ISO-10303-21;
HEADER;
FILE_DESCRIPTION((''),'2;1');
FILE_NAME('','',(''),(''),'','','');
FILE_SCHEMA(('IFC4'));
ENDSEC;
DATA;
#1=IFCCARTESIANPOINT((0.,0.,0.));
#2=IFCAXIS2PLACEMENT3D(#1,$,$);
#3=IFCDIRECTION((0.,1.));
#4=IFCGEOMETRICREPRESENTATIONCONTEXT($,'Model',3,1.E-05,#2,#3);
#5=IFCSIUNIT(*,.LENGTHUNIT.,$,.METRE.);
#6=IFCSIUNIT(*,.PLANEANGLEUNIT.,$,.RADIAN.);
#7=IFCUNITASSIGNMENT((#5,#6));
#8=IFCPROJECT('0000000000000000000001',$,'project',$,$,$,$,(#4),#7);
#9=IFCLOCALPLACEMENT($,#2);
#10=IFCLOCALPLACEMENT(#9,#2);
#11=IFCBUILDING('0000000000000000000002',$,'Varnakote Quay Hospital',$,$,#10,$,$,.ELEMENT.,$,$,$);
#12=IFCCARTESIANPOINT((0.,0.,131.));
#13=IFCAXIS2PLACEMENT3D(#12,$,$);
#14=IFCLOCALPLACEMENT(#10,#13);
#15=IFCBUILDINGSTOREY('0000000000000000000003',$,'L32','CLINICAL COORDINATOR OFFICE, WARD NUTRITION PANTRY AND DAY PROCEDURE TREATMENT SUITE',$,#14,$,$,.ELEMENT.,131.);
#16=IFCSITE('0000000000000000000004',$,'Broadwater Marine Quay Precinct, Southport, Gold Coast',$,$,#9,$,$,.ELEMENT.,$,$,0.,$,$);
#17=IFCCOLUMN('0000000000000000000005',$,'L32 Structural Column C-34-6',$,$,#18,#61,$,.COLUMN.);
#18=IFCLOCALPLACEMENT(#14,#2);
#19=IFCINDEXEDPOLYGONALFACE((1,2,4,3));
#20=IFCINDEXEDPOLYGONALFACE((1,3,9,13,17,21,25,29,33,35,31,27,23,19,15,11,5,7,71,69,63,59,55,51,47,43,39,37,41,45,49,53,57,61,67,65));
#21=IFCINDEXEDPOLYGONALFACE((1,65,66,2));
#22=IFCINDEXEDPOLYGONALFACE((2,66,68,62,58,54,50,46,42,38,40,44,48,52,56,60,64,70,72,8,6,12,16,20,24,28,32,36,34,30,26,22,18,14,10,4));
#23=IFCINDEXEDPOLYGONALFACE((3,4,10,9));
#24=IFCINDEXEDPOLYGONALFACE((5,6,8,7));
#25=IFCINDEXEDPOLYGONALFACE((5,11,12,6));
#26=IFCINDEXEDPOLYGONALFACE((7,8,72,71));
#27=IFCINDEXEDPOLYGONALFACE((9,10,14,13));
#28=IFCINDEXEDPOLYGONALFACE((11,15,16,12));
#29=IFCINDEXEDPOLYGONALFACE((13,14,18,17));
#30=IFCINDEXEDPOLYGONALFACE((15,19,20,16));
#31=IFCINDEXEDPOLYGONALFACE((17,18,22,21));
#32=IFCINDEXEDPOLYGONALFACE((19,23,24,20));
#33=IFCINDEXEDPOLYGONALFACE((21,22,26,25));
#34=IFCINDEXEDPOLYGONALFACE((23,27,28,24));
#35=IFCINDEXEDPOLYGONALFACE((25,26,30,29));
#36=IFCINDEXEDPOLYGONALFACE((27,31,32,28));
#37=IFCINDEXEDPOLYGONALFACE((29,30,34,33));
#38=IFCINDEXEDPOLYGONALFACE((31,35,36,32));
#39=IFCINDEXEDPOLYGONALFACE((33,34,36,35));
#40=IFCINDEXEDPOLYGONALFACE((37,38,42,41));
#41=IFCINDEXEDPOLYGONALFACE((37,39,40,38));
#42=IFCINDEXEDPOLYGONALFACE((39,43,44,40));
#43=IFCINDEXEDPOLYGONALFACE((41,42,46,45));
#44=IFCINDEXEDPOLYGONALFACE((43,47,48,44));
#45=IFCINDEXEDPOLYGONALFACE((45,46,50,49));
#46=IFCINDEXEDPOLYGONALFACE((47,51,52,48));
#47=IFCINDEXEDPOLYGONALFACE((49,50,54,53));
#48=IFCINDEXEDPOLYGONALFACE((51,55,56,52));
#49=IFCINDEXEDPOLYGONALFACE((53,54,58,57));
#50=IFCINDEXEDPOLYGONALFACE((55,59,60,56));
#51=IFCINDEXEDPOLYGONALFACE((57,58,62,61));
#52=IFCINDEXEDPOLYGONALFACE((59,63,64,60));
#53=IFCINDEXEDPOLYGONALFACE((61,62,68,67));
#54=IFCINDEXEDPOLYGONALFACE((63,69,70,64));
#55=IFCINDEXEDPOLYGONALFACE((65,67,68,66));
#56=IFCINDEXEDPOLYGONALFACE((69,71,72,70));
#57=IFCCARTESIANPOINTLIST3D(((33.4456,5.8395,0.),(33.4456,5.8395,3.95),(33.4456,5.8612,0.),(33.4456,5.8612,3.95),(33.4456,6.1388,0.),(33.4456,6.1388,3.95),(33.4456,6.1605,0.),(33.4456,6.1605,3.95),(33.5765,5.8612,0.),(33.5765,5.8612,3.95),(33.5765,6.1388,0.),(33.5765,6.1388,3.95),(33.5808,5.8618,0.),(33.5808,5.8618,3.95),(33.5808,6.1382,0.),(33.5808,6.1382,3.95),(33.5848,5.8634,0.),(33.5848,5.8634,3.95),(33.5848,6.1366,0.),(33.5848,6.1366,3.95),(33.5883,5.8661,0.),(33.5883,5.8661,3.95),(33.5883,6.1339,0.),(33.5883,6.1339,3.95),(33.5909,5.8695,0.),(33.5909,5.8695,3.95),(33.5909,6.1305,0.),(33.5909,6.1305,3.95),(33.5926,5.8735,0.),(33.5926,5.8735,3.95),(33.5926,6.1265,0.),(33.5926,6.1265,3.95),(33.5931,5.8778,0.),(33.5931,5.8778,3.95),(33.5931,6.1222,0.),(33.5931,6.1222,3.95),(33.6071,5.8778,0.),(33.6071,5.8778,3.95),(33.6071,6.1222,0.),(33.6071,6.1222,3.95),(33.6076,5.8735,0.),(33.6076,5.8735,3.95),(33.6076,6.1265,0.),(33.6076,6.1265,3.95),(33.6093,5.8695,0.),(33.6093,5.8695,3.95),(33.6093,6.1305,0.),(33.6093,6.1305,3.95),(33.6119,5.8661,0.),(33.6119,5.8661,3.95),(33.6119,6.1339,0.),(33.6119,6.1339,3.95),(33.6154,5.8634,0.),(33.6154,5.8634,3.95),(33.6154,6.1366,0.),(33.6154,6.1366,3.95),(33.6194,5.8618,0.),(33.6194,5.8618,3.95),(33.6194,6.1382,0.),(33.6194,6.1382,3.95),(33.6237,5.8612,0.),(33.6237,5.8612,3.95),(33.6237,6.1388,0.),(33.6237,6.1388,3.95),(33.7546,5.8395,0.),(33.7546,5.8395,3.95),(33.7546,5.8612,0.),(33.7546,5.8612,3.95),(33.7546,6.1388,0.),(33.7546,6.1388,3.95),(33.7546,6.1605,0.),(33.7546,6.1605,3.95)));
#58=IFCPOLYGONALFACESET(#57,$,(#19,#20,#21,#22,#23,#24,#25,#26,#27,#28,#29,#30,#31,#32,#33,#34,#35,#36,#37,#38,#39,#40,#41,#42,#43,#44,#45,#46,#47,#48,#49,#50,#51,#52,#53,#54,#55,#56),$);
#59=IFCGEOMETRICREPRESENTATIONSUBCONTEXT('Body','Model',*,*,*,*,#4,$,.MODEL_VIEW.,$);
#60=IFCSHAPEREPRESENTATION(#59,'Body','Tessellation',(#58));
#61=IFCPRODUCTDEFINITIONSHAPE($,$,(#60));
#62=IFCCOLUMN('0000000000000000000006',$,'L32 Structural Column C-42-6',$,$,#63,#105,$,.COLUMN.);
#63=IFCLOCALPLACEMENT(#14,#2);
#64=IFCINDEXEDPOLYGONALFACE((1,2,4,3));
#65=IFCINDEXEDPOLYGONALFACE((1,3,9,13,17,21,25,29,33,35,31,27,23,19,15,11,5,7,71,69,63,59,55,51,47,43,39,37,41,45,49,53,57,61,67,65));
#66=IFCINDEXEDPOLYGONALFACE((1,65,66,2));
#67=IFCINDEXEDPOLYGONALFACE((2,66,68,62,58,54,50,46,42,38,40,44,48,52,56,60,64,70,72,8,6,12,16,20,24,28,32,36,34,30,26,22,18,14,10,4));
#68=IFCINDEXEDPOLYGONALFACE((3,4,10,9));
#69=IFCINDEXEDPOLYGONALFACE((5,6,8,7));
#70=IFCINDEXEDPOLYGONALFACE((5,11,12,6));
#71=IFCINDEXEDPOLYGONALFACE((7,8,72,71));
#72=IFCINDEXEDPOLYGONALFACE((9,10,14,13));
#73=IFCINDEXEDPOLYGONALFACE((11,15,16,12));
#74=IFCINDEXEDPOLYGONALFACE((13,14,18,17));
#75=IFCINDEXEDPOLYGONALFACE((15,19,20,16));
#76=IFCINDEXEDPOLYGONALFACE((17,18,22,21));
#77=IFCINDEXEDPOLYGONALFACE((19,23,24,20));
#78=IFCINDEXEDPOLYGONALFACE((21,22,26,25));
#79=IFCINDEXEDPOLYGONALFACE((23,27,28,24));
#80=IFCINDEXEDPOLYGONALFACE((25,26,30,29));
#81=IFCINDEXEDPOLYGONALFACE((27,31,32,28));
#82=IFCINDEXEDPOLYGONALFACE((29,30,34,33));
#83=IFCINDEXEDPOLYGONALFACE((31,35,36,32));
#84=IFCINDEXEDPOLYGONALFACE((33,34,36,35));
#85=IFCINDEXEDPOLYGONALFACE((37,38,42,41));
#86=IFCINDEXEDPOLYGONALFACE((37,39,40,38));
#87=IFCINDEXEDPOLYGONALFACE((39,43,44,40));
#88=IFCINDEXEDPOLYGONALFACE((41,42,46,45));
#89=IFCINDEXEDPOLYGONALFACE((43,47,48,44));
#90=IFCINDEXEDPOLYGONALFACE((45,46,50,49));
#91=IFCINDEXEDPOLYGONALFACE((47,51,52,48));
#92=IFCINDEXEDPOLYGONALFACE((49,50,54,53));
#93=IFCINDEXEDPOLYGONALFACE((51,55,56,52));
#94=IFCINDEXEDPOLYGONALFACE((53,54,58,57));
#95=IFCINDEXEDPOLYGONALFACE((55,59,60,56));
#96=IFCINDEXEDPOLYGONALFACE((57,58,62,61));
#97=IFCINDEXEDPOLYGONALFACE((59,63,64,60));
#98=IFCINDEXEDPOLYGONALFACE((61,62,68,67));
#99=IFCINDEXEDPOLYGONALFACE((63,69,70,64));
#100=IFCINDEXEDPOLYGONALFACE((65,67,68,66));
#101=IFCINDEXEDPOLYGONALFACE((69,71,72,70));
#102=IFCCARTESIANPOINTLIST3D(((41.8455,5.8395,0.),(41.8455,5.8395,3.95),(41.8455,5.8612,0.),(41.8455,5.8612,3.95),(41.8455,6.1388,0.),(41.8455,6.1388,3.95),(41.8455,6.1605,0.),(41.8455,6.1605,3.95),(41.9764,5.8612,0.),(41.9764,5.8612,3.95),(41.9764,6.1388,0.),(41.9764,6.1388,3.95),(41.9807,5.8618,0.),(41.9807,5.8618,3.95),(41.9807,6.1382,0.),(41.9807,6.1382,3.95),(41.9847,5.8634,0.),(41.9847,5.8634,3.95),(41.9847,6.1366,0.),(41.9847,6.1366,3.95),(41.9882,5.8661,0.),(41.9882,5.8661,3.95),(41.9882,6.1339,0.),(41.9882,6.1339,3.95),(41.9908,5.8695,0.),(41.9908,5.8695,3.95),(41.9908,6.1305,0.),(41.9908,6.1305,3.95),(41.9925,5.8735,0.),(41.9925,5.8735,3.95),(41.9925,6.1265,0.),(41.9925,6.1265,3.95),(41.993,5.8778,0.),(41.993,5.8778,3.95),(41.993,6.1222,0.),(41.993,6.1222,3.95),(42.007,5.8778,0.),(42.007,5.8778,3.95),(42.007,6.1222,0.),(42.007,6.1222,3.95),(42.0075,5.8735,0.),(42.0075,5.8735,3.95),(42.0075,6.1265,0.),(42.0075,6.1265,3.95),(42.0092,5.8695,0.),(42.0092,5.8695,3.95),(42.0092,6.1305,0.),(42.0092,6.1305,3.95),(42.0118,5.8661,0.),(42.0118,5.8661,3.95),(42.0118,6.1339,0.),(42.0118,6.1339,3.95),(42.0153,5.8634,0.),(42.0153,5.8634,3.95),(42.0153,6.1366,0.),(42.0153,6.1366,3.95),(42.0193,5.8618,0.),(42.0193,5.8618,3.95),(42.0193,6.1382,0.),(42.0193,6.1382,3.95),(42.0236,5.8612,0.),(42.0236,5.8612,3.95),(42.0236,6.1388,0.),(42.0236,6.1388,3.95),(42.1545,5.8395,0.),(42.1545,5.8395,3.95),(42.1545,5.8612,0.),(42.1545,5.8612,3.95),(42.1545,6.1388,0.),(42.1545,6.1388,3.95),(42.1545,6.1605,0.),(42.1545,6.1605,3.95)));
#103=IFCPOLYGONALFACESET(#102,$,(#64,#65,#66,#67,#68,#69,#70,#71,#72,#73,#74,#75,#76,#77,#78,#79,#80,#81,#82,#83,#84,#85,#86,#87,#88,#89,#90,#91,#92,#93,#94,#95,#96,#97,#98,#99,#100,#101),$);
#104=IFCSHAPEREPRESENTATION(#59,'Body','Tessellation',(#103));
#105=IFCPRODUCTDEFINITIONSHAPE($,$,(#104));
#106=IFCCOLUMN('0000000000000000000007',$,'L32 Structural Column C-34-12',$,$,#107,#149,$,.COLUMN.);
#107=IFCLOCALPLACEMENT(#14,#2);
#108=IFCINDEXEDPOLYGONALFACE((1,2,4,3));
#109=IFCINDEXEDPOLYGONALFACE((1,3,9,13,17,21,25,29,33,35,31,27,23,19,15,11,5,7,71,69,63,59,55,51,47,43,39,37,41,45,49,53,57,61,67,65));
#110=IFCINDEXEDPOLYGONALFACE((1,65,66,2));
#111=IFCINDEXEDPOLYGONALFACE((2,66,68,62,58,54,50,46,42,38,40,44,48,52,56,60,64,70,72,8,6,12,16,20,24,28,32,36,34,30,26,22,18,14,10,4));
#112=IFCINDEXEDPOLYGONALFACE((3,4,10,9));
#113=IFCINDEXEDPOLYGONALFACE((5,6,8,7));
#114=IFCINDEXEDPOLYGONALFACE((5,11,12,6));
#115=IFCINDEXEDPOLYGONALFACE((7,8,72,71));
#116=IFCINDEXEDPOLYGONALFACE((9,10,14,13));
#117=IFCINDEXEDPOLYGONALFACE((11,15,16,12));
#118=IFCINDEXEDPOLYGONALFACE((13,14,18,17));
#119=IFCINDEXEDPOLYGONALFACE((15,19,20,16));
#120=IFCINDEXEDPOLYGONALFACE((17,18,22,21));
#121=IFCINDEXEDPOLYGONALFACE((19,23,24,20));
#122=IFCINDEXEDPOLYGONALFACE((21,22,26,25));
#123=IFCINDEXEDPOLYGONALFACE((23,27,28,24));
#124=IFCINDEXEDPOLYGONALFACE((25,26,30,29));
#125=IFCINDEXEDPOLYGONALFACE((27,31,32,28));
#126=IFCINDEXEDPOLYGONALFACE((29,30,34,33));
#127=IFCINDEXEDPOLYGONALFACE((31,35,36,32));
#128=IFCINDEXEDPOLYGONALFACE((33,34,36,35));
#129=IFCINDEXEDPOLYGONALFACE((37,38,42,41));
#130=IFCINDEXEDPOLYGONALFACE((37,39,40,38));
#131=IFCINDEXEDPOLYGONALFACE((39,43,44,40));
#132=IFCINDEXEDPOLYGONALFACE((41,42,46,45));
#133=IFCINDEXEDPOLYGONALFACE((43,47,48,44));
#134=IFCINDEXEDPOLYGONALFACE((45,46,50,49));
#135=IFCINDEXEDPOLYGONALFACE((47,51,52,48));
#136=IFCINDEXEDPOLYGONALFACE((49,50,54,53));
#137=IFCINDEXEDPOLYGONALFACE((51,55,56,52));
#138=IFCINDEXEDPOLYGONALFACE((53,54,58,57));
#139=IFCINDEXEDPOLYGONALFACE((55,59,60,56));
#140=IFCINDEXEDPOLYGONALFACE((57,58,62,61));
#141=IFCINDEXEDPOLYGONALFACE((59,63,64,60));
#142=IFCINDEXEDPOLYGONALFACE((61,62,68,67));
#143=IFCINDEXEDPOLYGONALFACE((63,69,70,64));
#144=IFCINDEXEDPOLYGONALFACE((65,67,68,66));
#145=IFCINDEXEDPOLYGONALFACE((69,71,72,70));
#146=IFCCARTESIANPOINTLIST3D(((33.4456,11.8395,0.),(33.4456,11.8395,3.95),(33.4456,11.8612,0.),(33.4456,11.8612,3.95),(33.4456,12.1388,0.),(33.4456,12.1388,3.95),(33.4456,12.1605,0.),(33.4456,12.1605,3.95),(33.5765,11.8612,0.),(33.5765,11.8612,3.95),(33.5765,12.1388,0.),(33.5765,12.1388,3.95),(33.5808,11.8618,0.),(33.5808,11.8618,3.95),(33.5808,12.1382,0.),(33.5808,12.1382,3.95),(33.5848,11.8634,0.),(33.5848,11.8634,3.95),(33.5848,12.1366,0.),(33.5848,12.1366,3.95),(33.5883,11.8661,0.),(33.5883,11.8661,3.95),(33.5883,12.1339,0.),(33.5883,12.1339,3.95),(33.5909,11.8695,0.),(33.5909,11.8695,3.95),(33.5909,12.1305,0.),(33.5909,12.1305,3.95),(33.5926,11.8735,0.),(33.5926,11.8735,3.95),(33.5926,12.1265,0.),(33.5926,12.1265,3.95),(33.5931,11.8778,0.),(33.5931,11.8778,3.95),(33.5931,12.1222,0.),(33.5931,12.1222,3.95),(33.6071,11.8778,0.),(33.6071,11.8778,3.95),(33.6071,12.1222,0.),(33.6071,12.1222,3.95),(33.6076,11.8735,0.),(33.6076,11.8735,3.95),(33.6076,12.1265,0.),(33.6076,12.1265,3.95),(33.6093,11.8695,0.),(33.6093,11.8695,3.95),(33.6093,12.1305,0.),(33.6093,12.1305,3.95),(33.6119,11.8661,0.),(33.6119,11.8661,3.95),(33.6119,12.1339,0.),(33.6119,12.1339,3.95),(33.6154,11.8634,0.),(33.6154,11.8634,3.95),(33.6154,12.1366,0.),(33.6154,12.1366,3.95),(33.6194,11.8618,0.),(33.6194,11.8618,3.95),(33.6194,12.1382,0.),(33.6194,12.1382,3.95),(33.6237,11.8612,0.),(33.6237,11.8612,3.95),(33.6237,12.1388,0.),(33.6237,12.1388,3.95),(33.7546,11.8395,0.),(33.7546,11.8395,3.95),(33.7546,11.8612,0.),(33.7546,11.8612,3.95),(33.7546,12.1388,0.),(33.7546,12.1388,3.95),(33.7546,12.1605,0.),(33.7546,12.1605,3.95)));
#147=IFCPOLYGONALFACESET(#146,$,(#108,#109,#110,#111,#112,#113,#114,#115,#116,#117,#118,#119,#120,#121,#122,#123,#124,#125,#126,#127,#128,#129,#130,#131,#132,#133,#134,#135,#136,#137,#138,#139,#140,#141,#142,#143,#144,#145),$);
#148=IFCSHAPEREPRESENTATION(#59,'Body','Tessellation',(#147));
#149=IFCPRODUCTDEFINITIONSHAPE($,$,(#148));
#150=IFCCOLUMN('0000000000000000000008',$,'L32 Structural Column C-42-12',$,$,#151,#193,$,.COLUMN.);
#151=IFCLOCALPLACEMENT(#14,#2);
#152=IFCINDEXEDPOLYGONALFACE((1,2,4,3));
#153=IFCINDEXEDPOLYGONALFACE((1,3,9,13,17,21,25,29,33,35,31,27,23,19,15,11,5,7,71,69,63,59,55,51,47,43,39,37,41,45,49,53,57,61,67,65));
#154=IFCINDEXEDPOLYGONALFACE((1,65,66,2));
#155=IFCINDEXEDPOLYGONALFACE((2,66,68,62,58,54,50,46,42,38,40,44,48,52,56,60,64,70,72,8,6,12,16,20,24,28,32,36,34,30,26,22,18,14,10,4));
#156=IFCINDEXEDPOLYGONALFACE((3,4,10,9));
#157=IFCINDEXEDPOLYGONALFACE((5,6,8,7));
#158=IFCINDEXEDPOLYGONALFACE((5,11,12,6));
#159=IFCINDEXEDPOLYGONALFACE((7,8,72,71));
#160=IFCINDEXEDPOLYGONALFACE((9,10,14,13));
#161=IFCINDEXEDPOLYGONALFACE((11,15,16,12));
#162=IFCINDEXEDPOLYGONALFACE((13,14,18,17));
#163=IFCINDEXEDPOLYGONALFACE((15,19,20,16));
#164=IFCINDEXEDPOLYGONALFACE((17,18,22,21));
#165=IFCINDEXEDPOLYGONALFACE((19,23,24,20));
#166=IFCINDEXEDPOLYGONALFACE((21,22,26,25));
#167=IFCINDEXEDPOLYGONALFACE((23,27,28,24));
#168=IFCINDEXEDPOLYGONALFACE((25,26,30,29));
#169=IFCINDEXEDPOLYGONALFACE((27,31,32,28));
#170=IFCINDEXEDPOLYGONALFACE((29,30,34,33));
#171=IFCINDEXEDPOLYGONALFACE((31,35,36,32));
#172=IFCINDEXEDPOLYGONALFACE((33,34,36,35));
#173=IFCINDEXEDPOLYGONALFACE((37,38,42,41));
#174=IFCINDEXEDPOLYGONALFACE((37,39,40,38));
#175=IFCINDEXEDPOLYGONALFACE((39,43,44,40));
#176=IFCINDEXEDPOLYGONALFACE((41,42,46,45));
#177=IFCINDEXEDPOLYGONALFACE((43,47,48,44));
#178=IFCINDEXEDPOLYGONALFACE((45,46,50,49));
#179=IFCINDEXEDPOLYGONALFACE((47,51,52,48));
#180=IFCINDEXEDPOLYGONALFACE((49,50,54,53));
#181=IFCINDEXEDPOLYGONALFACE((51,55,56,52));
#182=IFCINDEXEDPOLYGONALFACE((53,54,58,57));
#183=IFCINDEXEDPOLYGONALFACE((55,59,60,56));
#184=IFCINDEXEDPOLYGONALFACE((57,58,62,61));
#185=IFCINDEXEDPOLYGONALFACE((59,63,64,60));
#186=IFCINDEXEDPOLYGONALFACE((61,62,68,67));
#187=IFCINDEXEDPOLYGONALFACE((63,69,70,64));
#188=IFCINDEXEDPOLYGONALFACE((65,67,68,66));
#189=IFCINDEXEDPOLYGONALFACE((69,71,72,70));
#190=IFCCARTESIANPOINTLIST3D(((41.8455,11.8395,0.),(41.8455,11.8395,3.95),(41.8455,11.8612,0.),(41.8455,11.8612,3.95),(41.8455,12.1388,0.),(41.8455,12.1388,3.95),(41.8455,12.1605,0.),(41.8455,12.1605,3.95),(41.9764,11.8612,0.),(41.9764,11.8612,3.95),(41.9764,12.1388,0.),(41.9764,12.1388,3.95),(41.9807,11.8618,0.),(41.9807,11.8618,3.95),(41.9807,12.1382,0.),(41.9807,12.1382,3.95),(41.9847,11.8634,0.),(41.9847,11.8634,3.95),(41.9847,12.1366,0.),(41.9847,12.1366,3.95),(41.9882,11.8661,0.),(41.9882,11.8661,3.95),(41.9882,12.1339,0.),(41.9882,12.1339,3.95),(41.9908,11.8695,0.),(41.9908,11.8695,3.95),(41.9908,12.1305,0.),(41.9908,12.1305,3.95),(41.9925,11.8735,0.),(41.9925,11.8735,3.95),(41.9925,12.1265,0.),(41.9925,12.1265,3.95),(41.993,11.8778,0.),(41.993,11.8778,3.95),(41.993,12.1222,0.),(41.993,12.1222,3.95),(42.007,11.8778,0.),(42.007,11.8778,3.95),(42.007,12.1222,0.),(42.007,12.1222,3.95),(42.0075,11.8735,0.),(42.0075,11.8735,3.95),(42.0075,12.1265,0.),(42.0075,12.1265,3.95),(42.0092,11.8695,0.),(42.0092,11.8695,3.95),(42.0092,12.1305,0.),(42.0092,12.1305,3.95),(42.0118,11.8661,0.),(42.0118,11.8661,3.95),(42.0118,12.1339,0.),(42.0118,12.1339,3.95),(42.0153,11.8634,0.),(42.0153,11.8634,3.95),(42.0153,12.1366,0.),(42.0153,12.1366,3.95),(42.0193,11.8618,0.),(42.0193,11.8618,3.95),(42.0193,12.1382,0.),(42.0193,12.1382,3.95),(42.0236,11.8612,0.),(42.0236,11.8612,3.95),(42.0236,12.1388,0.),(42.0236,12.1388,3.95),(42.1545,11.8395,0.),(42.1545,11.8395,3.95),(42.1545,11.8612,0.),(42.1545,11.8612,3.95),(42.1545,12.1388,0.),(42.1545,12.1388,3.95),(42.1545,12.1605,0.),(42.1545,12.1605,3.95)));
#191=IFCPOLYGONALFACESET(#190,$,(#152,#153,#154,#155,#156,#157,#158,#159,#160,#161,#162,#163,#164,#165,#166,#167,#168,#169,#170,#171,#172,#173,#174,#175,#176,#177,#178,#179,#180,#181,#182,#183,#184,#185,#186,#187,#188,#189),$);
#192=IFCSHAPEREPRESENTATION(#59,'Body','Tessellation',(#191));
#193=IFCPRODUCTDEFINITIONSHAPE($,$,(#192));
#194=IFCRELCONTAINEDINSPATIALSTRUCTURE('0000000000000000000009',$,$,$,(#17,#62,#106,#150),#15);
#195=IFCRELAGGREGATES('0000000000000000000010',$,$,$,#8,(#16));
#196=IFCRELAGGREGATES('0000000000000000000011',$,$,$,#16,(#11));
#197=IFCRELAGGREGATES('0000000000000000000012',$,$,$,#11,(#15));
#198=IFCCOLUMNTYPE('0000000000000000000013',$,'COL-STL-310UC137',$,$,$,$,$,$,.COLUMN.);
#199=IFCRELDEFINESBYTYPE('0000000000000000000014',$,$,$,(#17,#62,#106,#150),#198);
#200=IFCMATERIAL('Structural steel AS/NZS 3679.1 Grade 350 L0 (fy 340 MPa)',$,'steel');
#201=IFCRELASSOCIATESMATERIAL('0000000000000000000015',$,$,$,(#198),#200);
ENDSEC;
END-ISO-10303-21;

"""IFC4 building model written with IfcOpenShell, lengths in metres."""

from ifc_helpers import new_model, si_unit, direction, frame, origin, origin_2d, place, context, subcontext, project, spatial, i_section, extrude, material, material_profile, profile_set, type_object, element, save


model = new_model("IFC4")

# Units and contexts
model_context = context("Model", 3, precision=1e-05, world=origin(), true_north=direction((0.0, 1.0)))
body_context = subcontext(model_context, "Body", "Model", "MODEL_VIEW")
ifc_project = project(units=[si_unit("LENGTHUNIT", "METRE"), si_unit("PLANEANGLEUNIT", "RADIAN")], contexts=[model_context])

# Site, building, storey
site_placement = place(None, origin())
site = spatial("IfcSite", under=ifc_project, at=site_placement, Name="Broadwater Marine Quay Precinct, Southport, Gold Coast", CompositionType="ELEMENT", RefElevation=0.0)
building_placement = place(site_placement, origin())
building = spatial("IfcBuilding", under=site, at=building_placement, Name="Varnakote Quay Hospital", CompositionType="ELEMENT")
storey_placement = place(building_placement, frame((0.0, 0.0, 131.0)))
storey = spatial("IfcBuildingStorey", under=building, at=storey_placement, Name="L32", Description="CLINICAL COORDINATOR OFFICE, WARD NUTRITION PANTRY AND DAY PROCEDURE TREATMENT SUITE", CompositionType="ELEMENT", Elevation=131.0)

# Columns
ifc_material_1 = material(Name="Structural steel AS/NZS 3679.1 Grade 350 L0 (fy 340 MPa)", Category="steel")
ifc_material_profile_1 = material_profile(ifc_material_1, i_section(OverallWidth=0.3091, OverallDepth=0.321, WebThickness=0.0139, FlangeThickness=0.0217, FilletRadius=0.0166, at=origin_2d()), Name="310UC137")
ifc_profile_set_1 = profile_set([ifc_material_profile_1], Name="Structural steel AS/NZS 3679.1 Grade 350 L0 (fy 340 MPa)")
column_type = type_object("IfcColumnType", Name="COL-STL-310UC137", PredefinedType="COLUMN", material=ifc_profile_set_1)
for number, where, z_axis, x_axis, name in (
    (1, (33.6001, 6.0, 0.0), (0.0, 0.0, 1.0), (1.0, 0.0, 0.0), "L32 Structural Column C-34-6"),
    (2, (42.0, 6.0, 0.0), (0.0, 0.0, 1.0), (1.0, 0.0, 0.0), "L32 Structural Column C-42-6"),
    (3, (33.6001, 12.0, 0.0), (0.0, 0.0, 1.0), (1.0, 0.0, 0.0), "L32 Structural Column C-34-12"),
    (4, (42.0, 12.0, 0.0), (0.0, 0.0, 1.0), (1.0, 0.0, 0.0), "L32 Structural Column C-42-12"),
):
    element("IfcColumn", number, at=place(storey_placement, frame(where, z_axis=z_axis, x_axis=x_axis)), inside=storey, type_object=column_type, Name=name, PredefinedType="COLUMN", context=body_context, shape_type="SweptSolid", body=[
        extrude(i_section(OverallWidth=0.3091, OverallDepth=0.321, WebThickness=0.0139, FlangeThickness=0.0217, FilletRadius=0.0166, at=origin_2d()), origin(), (0.0, 0.0, 1.0), 3.95),
    ])

save(model, "model.ifc")
